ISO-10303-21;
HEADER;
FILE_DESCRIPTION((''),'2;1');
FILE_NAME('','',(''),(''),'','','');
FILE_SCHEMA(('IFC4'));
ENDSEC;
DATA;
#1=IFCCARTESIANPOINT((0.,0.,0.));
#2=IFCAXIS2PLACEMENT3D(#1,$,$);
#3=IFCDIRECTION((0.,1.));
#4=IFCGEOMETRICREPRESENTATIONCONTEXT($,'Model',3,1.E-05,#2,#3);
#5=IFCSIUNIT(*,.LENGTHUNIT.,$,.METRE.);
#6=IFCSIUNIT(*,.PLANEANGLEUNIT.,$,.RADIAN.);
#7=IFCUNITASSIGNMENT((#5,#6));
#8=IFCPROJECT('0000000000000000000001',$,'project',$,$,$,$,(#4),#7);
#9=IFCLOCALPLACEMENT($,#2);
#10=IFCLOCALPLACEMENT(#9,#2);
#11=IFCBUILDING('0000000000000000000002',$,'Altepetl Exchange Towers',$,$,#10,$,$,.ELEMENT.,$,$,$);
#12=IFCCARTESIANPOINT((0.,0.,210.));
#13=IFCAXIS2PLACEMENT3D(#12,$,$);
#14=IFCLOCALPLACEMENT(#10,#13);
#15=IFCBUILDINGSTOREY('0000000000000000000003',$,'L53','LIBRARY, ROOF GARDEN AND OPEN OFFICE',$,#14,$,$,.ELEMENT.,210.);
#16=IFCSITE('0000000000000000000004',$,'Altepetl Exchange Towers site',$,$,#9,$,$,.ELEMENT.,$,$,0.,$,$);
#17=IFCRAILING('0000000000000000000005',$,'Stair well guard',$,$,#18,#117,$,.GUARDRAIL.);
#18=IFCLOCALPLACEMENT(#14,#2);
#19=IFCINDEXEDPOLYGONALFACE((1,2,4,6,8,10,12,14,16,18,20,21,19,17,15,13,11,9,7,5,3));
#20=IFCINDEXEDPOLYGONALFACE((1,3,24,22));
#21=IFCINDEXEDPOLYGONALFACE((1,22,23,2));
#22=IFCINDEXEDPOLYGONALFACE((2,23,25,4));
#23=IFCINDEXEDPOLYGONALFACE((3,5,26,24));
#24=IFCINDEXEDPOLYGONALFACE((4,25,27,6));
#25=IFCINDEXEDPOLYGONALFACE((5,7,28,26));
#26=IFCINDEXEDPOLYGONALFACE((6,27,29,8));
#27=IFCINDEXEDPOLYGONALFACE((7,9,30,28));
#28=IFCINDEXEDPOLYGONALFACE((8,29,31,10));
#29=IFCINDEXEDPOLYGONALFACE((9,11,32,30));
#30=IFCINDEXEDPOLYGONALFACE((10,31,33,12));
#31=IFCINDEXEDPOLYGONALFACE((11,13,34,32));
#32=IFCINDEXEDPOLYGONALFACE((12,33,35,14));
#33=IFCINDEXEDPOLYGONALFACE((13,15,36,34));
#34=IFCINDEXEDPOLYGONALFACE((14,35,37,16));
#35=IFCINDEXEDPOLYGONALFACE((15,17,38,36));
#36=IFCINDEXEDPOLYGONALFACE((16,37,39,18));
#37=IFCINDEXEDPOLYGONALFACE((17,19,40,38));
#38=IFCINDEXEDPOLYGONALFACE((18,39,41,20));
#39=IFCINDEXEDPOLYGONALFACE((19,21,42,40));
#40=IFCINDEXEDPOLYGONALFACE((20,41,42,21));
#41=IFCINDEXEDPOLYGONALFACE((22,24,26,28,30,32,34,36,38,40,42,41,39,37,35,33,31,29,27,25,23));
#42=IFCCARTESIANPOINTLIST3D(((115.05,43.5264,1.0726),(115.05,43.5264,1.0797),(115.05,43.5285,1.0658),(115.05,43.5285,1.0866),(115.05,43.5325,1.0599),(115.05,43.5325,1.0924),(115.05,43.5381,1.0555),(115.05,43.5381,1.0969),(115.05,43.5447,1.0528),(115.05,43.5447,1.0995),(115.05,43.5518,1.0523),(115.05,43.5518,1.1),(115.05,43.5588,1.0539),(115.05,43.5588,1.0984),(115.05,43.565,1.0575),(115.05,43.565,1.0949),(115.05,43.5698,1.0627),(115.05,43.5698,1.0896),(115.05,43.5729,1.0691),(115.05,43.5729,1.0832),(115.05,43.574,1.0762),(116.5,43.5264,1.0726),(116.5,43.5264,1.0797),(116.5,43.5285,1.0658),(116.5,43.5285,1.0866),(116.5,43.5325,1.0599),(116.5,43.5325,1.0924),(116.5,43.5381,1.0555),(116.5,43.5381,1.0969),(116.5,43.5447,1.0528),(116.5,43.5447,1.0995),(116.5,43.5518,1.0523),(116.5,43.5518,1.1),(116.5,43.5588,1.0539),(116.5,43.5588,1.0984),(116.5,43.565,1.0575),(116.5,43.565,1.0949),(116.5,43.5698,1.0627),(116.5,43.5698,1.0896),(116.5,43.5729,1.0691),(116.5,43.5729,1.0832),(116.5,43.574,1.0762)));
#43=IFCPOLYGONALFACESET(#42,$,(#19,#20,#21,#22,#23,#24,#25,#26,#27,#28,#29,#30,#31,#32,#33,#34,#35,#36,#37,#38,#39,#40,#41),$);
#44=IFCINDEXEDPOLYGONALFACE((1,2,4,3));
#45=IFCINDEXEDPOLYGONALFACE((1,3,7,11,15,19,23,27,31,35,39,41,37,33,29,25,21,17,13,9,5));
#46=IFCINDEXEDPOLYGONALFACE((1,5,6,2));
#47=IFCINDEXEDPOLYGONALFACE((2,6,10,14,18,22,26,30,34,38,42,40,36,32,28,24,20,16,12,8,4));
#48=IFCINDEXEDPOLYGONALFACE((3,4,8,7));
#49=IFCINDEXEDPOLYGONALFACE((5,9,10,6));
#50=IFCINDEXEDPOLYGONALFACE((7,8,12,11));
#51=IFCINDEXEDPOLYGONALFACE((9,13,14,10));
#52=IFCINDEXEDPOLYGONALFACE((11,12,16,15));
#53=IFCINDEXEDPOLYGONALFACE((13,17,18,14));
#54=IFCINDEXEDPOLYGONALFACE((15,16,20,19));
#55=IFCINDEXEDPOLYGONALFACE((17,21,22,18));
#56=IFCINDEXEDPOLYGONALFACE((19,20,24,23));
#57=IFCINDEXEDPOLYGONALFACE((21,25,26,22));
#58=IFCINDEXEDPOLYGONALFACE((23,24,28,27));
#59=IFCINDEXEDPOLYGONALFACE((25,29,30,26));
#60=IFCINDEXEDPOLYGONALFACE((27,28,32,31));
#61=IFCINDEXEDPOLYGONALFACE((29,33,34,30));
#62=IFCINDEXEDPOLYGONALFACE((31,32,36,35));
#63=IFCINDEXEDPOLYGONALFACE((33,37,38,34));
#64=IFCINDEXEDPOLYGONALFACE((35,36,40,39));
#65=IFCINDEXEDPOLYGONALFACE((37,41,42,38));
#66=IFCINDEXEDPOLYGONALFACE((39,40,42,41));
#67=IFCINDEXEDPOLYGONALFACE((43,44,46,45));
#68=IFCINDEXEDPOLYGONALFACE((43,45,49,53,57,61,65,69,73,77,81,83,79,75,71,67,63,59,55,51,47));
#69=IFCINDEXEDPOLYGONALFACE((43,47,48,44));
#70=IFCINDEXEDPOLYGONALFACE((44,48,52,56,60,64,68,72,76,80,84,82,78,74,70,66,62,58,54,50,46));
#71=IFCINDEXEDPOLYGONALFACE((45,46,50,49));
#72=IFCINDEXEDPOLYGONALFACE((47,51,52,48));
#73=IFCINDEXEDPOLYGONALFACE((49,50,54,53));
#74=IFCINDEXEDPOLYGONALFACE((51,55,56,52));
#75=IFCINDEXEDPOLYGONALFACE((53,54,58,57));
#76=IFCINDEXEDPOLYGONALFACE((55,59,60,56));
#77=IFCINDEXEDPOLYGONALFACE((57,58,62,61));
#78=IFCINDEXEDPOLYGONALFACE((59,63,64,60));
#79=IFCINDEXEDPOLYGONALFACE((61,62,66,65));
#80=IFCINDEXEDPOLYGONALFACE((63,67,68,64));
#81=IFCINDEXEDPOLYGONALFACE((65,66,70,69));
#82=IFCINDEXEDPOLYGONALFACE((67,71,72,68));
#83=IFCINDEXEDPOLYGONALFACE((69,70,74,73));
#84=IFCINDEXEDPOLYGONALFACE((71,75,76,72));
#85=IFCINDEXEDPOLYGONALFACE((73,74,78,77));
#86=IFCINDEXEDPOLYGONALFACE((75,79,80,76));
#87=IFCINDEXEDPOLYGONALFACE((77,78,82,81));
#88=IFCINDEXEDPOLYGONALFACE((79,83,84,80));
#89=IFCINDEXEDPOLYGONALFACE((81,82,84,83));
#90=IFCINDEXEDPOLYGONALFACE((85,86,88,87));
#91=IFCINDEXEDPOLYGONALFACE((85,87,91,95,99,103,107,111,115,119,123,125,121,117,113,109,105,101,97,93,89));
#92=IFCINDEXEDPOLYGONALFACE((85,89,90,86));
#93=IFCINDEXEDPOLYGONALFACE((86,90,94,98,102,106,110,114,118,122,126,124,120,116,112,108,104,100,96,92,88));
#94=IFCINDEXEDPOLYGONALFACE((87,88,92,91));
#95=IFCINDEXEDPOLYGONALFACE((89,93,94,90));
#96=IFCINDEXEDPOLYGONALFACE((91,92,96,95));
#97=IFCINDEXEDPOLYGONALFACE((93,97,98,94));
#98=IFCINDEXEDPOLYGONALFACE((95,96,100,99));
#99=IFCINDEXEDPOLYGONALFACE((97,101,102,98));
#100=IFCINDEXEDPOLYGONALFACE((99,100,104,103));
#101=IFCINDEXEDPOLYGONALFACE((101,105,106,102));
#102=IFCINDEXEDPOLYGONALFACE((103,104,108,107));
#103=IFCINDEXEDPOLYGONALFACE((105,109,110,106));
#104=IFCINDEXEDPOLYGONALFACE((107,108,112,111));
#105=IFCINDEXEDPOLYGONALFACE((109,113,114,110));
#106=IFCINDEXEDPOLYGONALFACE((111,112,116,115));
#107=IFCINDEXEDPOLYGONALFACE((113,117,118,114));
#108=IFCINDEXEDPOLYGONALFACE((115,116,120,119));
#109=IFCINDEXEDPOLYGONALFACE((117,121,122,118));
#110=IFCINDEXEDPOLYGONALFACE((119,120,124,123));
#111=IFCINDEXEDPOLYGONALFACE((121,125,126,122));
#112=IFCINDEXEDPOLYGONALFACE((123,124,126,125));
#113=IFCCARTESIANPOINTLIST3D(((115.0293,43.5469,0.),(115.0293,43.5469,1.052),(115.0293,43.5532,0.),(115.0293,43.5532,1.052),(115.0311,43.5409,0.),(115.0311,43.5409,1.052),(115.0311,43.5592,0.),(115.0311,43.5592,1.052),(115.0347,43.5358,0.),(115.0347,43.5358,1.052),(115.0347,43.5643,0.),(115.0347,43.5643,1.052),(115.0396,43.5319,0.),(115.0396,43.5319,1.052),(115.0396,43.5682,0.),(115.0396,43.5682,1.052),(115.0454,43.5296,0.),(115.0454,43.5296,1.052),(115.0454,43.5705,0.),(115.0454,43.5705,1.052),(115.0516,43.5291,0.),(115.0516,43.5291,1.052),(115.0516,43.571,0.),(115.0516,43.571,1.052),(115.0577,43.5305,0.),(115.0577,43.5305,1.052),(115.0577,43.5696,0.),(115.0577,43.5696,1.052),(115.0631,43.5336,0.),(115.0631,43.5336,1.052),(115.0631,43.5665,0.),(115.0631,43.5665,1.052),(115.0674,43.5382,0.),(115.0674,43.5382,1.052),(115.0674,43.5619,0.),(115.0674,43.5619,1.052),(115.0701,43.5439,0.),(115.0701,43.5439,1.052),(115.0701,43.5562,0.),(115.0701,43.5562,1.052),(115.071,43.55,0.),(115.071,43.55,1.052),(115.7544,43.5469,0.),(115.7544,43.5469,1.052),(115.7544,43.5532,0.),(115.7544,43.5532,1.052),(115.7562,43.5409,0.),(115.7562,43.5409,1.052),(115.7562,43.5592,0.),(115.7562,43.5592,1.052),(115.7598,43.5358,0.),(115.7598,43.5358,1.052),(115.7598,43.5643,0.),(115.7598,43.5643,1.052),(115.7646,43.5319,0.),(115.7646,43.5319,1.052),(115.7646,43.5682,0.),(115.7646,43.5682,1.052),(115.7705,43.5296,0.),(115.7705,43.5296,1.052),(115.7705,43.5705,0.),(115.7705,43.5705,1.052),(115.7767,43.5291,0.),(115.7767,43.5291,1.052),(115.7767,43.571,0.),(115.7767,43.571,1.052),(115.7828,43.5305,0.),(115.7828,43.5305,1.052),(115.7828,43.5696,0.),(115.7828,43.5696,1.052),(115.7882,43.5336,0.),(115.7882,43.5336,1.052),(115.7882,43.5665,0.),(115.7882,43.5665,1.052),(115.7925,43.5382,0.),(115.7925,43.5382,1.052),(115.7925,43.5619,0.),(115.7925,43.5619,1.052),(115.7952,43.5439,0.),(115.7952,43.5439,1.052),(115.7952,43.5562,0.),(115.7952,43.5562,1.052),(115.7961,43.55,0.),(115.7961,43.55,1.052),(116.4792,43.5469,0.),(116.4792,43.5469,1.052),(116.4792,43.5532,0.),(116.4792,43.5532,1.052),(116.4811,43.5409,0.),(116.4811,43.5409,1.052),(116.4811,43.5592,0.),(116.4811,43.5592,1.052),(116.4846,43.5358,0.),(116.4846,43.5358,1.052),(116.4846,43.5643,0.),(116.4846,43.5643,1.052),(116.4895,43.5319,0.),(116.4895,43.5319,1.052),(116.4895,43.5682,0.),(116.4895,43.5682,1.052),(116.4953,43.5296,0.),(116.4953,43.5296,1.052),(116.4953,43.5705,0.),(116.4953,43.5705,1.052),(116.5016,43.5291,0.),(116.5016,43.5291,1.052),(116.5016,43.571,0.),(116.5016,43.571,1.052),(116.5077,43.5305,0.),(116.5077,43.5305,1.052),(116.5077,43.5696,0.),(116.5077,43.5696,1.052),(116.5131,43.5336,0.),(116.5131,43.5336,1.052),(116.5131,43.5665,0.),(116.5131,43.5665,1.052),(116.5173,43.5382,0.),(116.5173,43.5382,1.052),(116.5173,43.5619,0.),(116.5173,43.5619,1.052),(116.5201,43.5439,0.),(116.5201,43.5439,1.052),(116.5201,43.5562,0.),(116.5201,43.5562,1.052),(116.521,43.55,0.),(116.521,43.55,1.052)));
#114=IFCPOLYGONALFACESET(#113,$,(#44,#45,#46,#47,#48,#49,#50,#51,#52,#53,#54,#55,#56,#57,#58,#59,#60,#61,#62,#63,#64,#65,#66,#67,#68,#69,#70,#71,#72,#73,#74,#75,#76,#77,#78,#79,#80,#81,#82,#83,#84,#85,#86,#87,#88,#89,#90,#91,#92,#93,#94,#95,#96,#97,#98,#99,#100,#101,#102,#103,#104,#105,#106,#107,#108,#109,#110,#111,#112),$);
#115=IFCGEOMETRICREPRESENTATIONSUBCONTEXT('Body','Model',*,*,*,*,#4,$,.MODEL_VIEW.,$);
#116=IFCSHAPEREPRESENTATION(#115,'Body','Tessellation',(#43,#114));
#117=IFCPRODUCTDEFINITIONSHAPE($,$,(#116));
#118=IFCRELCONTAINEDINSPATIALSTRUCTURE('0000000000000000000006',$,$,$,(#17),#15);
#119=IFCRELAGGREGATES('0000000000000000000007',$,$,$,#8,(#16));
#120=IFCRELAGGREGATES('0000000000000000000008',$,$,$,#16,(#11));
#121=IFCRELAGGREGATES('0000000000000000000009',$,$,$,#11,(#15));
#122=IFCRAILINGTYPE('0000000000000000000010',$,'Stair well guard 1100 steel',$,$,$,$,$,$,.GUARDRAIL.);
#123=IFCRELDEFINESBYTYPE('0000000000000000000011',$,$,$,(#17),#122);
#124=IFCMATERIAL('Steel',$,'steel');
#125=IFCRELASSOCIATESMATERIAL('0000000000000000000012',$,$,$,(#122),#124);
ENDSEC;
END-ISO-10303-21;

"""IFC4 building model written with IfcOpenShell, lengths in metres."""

from ifc_helpers import new_model, si_unit, direction, frame, origin, origin_2d, place, context, subcontext, project, spatial, circle, extrude, source, transform, mapped, material, type_object, element, save


model = new_model("IFC4")

# Units and contexts
model_context = context("Model", 3, precision=1e-05, world=origin(), true_north=direction((0.0, 1.0)))
body_context = subcontext(model_context, "Body", "Model", "MODEL_VIEW")
ifc_project = project(units=[si_unit("LENGTHUNIT", "METRE"), si_unit("PLANEANGLEUNIT", "RADIAN")], contexts=[model_context])

# Site, building, storey
site_placement = place(None, origin())
site = spatial("IfcSite", under=ifc_project, at=site_placement, Name="Altepetl Exchange Towers site", CompositionType="ELEMENT", RefElevation=0.0)
building_placement = place(site_placement, origin())
building = spatial("IfcBuilding", under=site, at=building_placement, Name="Altepetl Exchange Towers", CompositionType="ELEMENT")
storey_placement = place(building_placement, frame((0.0, 0.0, 210.0)))
storey = spatial("IfcBuildingStorey", under=building, at=storey_placement, Name="L53", Description="LIBRARY, ROOF GARDEN AND OPEN OFFICE", CompositionType="ELEMENT", Elevation=210.0)

# Railing
ifc_material_1 = material(Name="Steel", Category="steel")
railing_type = type_object("IfcRailingType", Name="Stair well guard 1100 steel", PredefinedType="GUARDRAIL", material=ifc_material_1)
shared_shape = source(origin(), body_context, "Body", "SweptSolid", [
    extrude(circle(Radius=0.021, at=origin_2d()), origin(), (0.0, 0.0, 1.0), 1.052),
])
railing_placement = place(storey_placement, frame((115.05, 43.55, 0.0)))
element("IfcRailing", 1, at=railing_placement, inside=storey, type_object=railing_type, Name="Stair well guard", PredefinedType="GUARDRAIL", context=body_context, shape_type="SweptSolid", body=[
    extrude(circle(Radius=0.0239, at=origin_2d()), frame((0.0, 0.0, 1.0762), z_axis=(1.0, 0.0, 0.0), x_axis=(0.0, 1.0, 0.0)), (0.0, 0.0, 1.0), 1.45),
    mapped(shared_shape, transform((0.0, 0.0, 0.0))),
    mapped(shared_shape, transform((0.7251, 0.0, 0.0))),
    mapped(shared_shape, transform((1.45, 0.0, 0.0))),
])

save(model, "model.ifc")
